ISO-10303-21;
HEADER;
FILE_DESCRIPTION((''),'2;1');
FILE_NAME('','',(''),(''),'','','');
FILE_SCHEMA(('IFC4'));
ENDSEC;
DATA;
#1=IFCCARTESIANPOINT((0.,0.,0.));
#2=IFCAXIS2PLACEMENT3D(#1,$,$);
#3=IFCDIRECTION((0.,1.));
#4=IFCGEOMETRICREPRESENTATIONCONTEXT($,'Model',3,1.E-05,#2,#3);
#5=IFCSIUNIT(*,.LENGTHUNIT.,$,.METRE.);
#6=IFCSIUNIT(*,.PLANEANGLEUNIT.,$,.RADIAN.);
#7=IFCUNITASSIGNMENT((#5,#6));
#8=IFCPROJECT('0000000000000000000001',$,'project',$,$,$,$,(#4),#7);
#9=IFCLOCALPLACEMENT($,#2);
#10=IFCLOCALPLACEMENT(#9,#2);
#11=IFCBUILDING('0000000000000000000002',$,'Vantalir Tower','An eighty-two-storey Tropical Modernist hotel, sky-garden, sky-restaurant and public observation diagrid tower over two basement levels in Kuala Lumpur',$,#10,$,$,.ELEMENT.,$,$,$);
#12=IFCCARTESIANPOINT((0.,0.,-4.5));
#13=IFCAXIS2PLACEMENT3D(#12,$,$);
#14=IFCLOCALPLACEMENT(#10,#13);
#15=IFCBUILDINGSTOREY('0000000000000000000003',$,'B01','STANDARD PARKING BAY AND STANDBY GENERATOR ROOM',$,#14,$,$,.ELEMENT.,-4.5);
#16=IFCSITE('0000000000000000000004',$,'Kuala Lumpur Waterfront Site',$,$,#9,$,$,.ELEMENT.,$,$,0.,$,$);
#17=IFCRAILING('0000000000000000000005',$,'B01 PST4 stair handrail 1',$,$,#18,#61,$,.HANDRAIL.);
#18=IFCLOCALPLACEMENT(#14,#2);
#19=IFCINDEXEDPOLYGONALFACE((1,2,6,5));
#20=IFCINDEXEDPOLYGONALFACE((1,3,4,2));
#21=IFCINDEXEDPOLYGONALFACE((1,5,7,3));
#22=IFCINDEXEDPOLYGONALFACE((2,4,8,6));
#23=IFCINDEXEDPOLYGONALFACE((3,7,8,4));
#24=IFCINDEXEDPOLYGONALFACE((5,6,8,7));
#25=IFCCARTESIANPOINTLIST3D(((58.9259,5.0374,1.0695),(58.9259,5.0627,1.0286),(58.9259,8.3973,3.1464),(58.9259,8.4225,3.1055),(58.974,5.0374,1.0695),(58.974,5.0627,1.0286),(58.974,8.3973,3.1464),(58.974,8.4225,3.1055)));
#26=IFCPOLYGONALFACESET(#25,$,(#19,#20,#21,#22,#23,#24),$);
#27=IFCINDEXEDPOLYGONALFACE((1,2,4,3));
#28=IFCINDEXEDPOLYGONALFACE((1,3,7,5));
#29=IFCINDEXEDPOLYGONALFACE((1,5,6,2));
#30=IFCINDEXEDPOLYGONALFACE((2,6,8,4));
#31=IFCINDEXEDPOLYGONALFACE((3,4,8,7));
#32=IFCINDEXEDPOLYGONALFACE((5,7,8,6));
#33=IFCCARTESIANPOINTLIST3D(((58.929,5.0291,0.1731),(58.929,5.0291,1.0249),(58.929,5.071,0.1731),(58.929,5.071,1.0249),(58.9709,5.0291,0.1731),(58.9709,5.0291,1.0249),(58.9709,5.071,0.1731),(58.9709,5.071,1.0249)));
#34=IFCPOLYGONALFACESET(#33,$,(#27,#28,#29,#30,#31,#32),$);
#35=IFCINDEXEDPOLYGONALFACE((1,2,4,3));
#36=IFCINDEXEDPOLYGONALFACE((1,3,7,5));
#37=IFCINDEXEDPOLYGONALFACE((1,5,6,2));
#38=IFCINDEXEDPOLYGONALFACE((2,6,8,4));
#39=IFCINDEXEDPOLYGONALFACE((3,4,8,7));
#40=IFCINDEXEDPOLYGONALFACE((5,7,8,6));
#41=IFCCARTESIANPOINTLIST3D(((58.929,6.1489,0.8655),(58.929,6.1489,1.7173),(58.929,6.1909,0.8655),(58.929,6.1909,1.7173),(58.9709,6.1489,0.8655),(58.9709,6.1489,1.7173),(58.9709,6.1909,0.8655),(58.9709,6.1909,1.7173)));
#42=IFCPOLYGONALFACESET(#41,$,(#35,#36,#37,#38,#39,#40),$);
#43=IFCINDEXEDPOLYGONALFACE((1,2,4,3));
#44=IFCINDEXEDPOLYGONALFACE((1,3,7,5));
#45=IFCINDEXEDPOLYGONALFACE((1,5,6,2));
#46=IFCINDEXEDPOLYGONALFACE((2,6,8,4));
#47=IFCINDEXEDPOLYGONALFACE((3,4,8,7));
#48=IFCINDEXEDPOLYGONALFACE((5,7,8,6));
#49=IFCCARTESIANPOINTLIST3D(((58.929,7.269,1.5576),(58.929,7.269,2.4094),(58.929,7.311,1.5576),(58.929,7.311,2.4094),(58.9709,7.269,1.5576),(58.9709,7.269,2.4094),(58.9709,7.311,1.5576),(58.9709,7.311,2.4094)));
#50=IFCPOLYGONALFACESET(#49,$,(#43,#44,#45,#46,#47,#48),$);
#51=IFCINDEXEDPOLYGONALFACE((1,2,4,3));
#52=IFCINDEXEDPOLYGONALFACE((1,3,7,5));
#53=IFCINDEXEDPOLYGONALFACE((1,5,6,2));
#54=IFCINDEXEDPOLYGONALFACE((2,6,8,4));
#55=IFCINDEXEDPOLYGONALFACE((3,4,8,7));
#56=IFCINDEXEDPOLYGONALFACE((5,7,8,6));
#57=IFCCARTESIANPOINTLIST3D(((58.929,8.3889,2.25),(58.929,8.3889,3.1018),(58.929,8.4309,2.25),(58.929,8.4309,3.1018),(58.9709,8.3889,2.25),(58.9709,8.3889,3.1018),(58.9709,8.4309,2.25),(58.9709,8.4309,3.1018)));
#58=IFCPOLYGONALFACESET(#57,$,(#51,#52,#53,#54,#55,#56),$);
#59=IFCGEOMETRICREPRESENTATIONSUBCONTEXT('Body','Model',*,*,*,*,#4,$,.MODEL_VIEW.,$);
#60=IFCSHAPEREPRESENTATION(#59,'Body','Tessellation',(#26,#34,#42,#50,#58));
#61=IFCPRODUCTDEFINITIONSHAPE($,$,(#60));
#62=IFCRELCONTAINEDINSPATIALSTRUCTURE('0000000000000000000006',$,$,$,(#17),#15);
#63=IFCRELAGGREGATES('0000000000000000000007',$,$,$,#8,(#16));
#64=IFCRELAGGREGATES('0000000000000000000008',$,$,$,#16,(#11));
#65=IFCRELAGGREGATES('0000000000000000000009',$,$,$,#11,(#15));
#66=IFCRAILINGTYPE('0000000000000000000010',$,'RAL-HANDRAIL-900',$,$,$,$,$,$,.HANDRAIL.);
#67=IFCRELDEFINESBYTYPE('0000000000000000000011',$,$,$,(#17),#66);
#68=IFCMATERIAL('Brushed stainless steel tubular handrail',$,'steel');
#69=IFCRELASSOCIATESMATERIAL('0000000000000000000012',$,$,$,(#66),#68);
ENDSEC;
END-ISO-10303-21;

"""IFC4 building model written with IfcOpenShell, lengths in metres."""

from ifc_helpers import new_model, si_unit, direction, frame, origin, origin_2d, place, context, subcontext, project, spatial, rectangle, extrude, material, type_object, element, save


model = new_model("IFC4")

# Units and contexts
model_context = context("Model", 3, precision=1e-05, world=origin(), true_north=direction((0.0, 1.0)))
body_context = subcontext(model_context, "Body", "Model", "MODEL_VIEW")
ifc_project = project(units=[si_unit("LENGTHUNIT", "METRE"), si_unit("PLANEANGLEUNIT", "RADIAN")], contexts=[model_context])

# Site, building, storey
site_placement = place(None, origin())
site = spatial("IfcSite", under=ifc_project, at=site_placement, Name="Kuala Lumpur Waterfront Site", CompositionType="ELEMENT", RefElevation=0.0)
building_placement = place(site_placement, origin())
building = spatial("IfcBuilding", under=site, at=building_placement, Name="Vantalir Tower", Description="An eighty-two-storey Tropical Modernist hotel, sky-garden, sky-restaurant and public observation diagrid tower over two basement levels in Kuala Lumpur", CompositionType="ELEMENT")
storey_placement = place(building_placement, frame((0.0, 0.0, -4.5)))
storey = spatial("IfcBuildingStorey", under=building, at=storey_placement, Name="B01", Description="STANDARD PARKING BAY AND STANDBY GENERATOR ROOM", CompositionType="ELEMENT", Elevation=-4.5)

# Railing
ifc_material_1 = material(Name="Brushed stainless steel tubular handrail", Category="steel")
railing_type = type_object("IfcRailingType", Name="RAL-HANDRAIL-900", PredefinedType="HANDRAIL", material=ifc_material_1)
railing_placement = place(storey_placement, frame((58.95, 5.05, 0.1731)))
element("IfcRailing", 1, at=railing_placement, inside=storey, type_object=railing_type, Name="B01 PST4 stair handrail 1", PredefinedType="HANDRAIL", context=body_context, shape_type="SweptSolid", body=[
    extrude(rectangle(XDim=0.0481, YDim=0.0481, at=origin_2d()), frame((0.0, 0.0, 0.876), z_axis=(0.0, 0.850606, 0.525803), x_axis=(-1.0, 0.0, 0.0)), (0.0, 0.0, 1.0), 3.95),
    extrude(rectangle(XDim=0.042, YDim=0.042, at=origin_2d()), origin(), (0.0, 0.0, 1.0), 0.8518),
    extrude(rectangle(XDim=0.042, YDim=0.042, at=origin_2d()), frame((0.0, 1.1199, 0.6924)), (0.0, 0.0, 1.0), 0.8518),
    extrude(rectangle(XDim=0.042, YDim=0.042, at=origin_2d()), frame((0.0, 2.24, 1.3845)), (0.0, 0.0, 1.0), 0.8518),
    extrude(rectangle(XDim=0.042, YDim=0.042, at=origin_2d()), frame((0.0, 3.3599, 2.0769)), (0.0, 0.0, 1.0), 0.8518),
])

save(model, "model.ifc")
